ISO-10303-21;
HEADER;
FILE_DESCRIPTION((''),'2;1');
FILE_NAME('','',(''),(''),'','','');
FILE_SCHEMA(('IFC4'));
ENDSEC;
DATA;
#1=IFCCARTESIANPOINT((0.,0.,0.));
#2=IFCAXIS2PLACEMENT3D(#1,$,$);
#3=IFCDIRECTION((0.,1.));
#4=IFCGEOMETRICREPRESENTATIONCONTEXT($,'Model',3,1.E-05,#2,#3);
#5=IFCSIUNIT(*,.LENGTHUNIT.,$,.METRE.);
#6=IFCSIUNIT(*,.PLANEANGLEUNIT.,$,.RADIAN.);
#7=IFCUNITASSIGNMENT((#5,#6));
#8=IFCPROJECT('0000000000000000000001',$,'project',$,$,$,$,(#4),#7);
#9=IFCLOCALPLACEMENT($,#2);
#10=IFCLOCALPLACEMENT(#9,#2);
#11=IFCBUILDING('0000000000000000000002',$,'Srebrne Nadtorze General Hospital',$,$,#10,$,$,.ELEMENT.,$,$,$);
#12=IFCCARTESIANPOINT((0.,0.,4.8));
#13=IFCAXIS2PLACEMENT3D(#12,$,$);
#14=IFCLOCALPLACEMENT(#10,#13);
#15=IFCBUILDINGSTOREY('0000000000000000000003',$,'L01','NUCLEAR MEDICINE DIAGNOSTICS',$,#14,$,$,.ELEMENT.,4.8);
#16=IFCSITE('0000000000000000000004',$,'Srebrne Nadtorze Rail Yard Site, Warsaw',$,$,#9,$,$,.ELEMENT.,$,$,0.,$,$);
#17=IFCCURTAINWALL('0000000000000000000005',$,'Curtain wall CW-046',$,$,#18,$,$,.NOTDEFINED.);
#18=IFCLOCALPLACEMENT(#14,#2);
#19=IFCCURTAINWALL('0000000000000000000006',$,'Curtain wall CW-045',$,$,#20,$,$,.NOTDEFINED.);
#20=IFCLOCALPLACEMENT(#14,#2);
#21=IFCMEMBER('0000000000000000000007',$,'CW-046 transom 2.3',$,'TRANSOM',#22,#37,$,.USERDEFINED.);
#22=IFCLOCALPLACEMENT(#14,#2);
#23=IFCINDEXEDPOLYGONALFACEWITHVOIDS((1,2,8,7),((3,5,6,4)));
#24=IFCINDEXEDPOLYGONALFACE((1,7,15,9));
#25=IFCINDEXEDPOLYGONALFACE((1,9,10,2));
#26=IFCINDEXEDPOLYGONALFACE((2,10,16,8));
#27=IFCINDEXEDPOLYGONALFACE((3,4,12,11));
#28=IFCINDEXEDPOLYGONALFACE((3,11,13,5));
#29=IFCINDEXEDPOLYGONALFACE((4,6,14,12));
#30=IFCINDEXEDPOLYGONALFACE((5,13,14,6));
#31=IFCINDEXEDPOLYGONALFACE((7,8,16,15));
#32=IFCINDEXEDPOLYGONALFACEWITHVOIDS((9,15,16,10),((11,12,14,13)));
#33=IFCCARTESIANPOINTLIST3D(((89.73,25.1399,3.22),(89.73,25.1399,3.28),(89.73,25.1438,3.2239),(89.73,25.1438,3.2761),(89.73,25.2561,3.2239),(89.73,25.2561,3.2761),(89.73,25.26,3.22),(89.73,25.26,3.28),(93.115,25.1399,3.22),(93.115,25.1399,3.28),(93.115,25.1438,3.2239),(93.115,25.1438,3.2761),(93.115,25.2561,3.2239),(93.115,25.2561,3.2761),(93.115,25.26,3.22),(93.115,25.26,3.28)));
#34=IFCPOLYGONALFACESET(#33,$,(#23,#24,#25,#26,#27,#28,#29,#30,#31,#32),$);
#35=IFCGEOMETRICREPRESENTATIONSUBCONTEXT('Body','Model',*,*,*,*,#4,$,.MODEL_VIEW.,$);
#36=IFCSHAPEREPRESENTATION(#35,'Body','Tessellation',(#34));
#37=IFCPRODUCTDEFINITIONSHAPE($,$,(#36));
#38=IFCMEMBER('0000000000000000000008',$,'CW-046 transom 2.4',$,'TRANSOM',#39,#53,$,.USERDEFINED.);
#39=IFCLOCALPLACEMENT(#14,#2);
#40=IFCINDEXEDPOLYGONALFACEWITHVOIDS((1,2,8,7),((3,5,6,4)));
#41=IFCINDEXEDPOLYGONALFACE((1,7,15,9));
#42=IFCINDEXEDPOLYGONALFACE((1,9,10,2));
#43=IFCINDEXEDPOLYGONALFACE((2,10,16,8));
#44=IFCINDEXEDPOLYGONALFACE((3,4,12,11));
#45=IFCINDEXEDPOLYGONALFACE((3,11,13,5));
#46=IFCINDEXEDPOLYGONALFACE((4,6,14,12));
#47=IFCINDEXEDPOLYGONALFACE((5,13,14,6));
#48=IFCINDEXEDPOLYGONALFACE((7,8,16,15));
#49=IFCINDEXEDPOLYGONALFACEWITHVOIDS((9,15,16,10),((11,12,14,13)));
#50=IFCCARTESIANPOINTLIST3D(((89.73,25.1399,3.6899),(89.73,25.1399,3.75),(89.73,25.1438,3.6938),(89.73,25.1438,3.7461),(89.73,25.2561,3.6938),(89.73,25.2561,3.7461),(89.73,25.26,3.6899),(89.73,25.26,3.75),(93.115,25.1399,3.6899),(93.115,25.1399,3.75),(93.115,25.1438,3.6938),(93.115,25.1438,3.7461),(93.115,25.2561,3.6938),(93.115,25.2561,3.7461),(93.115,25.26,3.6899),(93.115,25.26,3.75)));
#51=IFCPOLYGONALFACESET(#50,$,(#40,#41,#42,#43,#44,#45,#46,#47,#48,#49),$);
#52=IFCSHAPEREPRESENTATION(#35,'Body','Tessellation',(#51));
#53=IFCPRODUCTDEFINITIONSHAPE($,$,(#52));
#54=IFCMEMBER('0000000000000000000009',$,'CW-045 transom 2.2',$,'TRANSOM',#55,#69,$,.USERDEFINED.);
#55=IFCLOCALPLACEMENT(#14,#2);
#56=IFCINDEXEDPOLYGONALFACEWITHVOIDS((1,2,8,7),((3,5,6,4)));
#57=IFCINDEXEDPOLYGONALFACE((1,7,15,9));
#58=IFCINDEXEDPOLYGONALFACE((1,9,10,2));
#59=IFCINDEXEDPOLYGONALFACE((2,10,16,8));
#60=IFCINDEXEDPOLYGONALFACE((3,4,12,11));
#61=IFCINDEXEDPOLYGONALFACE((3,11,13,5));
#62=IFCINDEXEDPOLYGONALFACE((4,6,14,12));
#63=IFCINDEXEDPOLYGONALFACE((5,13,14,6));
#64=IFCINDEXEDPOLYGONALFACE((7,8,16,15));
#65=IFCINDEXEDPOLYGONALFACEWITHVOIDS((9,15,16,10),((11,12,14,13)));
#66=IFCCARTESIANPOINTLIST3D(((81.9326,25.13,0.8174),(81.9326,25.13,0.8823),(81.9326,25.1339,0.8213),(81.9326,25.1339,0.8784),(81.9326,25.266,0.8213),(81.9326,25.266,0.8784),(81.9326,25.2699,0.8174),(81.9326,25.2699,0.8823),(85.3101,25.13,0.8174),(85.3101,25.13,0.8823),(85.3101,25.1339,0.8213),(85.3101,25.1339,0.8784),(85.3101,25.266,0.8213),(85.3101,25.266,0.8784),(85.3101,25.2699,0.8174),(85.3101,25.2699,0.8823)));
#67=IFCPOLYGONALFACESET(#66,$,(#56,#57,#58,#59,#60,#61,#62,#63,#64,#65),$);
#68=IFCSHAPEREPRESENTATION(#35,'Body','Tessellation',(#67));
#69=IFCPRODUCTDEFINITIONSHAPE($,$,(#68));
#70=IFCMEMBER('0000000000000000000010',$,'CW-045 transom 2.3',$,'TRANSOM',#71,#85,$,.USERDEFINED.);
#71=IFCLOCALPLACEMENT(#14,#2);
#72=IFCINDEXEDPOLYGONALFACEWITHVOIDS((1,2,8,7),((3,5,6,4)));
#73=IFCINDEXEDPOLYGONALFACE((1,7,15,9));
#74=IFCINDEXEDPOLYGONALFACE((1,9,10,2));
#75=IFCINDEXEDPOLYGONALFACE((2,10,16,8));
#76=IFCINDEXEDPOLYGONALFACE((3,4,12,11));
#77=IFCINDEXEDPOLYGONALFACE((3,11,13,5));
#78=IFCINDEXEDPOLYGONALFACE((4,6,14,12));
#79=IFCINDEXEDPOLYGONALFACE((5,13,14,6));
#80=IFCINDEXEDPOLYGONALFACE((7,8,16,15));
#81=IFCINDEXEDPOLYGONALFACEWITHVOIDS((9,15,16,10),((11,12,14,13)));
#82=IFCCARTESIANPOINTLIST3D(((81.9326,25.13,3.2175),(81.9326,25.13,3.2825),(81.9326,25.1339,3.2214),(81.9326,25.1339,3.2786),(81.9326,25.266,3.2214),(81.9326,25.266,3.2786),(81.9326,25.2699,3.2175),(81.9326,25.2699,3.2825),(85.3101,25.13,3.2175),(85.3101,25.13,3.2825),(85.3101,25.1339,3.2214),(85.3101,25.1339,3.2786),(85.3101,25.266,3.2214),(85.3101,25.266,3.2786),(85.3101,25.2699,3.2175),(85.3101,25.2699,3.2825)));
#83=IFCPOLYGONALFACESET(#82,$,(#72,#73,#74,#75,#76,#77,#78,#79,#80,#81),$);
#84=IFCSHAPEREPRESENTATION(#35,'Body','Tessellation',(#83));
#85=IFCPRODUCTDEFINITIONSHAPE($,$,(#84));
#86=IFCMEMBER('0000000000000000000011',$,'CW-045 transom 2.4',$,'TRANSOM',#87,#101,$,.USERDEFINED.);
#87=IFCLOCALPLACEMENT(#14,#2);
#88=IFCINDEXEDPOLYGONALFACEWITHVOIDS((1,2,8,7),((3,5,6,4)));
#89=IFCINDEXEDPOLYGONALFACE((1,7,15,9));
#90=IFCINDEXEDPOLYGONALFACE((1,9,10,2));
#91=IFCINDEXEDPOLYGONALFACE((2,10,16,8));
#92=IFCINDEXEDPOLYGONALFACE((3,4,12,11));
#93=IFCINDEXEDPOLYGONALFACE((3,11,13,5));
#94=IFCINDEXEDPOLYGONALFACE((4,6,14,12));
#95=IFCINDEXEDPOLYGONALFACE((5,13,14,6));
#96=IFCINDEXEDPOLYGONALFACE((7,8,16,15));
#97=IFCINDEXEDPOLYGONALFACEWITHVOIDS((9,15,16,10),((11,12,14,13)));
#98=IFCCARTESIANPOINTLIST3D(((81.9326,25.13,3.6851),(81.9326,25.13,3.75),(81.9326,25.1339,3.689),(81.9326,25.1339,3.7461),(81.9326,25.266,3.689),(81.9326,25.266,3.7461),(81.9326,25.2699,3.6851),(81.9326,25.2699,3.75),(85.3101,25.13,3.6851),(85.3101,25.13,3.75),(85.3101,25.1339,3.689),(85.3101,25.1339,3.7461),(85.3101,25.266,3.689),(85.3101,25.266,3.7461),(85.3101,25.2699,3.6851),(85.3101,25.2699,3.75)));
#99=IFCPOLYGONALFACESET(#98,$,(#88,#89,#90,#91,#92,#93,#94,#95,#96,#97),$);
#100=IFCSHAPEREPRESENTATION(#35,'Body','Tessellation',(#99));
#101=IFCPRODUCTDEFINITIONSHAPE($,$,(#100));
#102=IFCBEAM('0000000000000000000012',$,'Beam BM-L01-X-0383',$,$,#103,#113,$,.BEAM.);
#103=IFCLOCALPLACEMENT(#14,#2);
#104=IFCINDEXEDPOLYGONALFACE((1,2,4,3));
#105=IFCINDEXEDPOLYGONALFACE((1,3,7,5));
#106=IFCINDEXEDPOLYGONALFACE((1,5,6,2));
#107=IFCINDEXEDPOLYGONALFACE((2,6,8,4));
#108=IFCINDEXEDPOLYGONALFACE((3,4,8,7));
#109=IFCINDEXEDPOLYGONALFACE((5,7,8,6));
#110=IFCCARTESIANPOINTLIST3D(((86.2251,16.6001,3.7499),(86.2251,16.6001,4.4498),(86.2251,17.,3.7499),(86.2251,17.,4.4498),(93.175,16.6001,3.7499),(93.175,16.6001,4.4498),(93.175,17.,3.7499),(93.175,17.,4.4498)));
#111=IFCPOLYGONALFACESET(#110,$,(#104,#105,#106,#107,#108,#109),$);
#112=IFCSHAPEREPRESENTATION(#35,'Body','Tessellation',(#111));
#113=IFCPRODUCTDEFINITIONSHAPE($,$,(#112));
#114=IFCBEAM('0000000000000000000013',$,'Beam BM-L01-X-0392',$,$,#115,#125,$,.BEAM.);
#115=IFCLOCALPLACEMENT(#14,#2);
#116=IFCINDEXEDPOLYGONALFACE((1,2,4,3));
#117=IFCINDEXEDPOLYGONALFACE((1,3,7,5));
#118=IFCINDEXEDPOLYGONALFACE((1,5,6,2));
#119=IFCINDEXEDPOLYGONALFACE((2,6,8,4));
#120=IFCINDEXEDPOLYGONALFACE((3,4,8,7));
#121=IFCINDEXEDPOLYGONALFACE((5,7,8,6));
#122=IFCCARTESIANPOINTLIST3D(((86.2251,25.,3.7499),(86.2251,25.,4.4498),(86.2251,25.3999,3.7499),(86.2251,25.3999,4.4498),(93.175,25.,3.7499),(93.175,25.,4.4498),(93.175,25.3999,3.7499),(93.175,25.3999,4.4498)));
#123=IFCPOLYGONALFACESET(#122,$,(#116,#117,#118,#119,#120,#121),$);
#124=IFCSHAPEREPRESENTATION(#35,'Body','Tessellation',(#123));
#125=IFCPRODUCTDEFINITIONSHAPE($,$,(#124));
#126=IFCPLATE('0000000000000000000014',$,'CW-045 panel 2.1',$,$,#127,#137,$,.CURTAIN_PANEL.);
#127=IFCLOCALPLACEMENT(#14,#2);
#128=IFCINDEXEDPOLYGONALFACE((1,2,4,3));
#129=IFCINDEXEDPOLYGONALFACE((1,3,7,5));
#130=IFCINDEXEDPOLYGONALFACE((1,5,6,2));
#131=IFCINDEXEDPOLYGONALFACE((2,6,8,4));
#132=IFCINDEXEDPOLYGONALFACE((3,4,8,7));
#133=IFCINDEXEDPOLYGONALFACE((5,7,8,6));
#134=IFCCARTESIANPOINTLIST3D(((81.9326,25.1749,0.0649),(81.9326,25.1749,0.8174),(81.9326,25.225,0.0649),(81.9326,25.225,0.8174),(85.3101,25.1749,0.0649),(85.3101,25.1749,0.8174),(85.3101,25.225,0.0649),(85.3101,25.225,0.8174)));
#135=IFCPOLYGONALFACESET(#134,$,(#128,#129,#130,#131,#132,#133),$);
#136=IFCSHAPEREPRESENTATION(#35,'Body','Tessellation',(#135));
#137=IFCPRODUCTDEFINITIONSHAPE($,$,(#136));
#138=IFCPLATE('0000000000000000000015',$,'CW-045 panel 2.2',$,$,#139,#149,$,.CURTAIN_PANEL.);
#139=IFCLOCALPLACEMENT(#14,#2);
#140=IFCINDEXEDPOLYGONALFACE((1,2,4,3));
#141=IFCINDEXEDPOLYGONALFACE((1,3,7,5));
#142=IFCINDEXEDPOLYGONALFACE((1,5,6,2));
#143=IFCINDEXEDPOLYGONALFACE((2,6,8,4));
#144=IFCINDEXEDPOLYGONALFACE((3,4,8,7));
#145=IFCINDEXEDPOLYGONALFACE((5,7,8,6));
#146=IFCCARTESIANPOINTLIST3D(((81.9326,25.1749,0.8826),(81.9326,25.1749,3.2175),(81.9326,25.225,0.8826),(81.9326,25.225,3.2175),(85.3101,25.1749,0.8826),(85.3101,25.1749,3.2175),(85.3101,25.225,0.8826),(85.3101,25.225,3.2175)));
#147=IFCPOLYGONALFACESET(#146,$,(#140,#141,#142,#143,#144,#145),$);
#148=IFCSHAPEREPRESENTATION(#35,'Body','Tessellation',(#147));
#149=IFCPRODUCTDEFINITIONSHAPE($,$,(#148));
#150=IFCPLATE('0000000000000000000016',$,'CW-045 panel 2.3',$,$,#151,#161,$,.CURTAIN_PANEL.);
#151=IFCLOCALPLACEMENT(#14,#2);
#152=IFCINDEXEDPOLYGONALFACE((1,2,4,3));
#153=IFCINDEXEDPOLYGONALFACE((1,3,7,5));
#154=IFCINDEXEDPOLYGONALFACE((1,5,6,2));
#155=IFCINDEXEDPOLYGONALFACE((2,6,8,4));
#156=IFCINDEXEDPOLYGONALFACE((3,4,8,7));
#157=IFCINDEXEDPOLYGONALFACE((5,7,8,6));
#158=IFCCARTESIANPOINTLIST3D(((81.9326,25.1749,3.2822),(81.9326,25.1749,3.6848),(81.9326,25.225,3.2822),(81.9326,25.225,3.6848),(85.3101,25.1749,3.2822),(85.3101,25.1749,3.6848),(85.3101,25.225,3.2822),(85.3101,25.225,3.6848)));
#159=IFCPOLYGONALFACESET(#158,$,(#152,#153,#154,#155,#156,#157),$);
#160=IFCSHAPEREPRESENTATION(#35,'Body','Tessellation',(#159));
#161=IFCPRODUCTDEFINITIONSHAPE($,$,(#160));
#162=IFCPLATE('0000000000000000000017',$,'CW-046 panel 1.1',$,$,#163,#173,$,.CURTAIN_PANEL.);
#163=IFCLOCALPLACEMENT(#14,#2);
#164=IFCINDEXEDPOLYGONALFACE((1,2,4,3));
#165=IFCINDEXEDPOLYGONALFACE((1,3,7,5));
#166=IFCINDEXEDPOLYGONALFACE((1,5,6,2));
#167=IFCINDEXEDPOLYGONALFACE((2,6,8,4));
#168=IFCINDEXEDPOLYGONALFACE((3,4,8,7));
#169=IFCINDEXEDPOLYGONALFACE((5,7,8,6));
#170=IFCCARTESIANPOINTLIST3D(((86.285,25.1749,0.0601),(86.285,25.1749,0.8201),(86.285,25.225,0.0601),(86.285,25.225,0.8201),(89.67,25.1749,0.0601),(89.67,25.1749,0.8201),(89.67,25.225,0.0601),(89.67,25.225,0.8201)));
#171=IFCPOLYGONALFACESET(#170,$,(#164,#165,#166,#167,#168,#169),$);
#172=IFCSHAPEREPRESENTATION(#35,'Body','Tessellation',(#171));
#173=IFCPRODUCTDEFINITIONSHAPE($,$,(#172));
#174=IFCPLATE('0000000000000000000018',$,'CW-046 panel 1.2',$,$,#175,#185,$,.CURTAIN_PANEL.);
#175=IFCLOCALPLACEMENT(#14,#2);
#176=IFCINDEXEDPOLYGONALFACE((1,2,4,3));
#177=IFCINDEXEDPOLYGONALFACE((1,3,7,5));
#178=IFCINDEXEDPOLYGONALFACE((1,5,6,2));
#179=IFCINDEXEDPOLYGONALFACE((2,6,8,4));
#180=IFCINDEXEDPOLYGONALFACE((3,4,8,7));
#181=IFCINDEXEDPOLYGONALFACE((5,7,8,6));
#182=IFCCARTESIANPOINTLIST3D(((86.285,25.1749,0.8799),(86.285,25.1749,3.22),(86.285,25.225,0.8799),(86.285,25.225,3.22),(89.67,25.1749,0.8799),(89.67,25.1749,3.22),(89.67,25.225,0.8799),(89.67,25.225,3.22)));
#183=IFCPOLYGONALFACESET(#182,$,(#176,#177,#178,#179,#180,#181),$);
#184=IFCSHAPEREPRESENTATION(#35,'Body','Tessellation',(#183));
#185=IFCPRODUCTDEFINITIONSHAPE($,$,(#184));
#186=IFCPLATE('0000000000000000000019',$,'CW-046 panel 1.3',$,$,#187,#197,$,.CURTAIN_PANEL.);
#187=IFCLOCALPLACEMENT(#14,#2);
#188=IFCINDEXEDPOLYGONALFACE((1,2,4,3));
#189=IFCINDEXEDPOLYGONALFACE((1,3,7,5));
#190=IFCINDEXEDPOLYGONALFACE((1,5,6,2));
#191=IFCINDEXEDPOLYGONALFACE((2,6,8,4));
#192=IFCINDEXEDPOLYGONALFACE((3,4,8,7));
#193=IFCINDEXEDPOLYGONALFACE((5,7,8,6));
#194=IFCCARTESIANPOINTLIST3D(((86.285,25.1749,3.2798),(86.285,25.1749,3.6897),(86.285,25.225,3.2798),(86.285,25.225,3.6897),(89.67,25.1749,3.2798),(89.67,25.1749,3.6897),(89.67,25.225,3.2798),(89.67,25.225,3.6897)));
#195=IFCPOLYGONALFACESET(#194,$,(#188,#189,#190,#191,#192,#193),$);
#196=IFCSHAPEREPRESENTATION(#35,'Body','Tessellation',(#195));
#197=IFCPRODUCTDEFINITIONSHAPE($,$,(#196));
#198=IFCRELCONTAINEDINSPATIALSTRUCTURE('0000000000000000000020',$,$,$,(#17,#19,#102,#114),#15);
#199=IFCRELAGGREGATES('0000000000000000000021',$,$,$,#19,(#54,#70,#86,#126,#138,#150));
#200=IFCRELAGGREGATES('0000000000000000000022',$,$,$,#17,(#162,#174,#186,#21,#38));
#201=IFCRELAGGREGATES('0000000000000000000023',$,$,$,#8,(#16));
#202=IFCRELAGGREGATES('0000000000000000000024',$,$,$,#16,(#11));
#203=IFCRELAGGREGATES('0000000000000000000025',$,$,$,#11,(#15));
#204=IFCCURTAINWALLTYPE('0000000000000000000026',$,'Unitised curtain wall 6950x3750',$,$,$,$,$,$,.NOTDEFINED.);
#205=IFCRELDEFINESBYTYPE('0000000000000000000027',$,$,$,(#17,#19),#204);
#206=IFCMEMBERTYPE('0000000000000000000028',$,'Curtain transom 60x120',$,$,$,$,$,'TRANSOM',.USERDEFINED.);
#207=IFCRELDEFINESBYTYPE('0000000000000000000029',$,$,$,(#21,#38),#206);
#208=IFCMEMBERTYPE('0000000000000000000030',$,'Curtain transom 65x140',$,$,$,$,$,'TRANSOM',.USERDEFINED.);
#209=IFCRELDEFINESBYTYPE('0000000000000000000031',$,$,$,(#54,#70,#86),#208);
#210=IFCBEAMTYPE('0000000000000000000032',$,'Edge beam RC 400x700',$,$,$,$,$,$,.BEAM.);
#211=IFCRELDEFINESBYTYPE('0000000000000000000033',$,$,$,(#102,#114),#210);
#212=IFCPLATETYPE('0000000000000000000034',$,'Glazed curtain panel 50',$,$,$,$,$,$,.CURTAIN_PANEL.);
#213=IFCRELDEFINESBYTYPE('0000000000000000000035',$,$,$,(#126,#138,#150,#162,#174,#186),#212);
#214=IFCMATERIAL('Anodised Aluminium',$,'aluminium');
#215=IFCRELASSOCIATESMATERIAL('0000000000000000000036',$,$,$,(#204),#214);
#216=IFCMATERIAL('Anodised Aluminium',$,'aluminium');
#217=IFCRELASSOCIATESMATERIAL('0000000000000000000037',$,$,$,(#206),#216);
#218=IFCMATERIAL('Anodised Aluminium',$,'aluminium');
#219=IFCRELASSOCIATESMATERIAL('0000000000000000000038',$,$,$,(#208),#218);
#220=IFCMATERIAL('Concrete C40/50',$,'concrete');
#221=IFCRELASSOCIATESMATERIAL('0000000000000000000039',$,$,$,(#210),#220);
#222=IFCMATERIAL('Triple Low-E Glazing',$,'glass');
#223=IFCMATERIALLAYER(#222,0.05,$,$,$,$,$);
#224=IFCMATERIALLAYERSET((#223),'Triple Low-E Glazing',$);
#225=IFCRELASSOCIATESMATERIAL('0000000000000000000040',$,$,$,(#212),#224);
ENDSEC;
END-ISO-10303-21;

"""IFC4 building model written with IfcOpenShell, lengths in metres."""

from ifc_helpers import new_model, si_unit, direction, frame, origin, origin_2d, place, context, subcontext, project, spatial, rectangle, hollow_rectangle, extrude, material, layer, layer_set, material_profile, profile_set, type_object, element, aggregate, save


model = new_model("IFC4")

# Units and contexts
model_context = context("Model", 3, precision=1e-05, world=origin(), true_north=direction((0.0, 1.0)))
body_context = subcontext(model_context, "Body", "Model", "MODEL_VIEW")
ifc_project = project(units=[si_unit("LENGTHUNIT", "METRE"), si_unit("PLANEANGLEUNIT", "RADIAN")], contexts=[model_context])

# Site, building, storey
site_placement = place(None, origin())
site = spatial("IfcSite", under=ifc_project, at=site_placement, Name="Srebrne Nadtorze Rail Yard Site, Warsaw", CompositionType="ELEMENT", RefElevation=0.0)
building_placement = place(site_placement, origin())
building = spatial("IfcBuilding", under=site, at=building_placement, Name="Srebrne Nadtorze General Hospital", CompositionType="ELEMENT")
storey_placement = place(building_placement, frame((0.0, 0.0, 4.8)))
storey = spatial("IfcBuildingStorey", under=building, at=storey_placement, Name="L01", Description="NUCLEAR MEDICINE DIAGNOSTICS", CompositionType="ELEMENT", Elevation=4.8)

# Curtain wall
ifc_material_1 = material(Name="Anodised Aluminium", Category="aluminium")
curtain_wall_type = type_object("IfcCurtainWallType", Name="Unitised curtain wall 6950x3750", PredefinedType="NOTDEFINED", material=ifc_material_1)
curtain_wall_1_placement = place(storey_placement, origin())
curtain_wall_1 = element("IfcCurtainWall", 1, at=curtain_wall_1_placement, inside=storey, type_object=curtain_wall_type, Name="Curtain wall CW-046", PredefinedType="NOTDEFINED")

# Curtain wall
curtain_wall_2_placement = place(storey_placement, origin())
curtain_wall_2 = element("IfcCurtainWall", 2, at=curtain_wall_2_placement, inside=storey, type_object=curtain_wall_type, Name="Curtain wall CW-045", PredefinedType="NOTDEFINED")

# Members
ifc_material_2 = material(Name="Anodised Aluminium", Category="aluminium")
ifc_material_profile_1 = material_profile(ifc_material_2, hollow_rectangle(XDim=0.0601, YDim=0.1201, WallThickness=0.0039, at=origin_2d()), Name="AL-TRN-60x120")
ifc_profile_set_1 = profile_set([ifc_material_profile_1], Name="Anodised Aluminium")
member_type_1 = type_object("IfcMemberType", Name="Curtain transom 60x120", ElementType="TRANSOM", PredefinedType="USERDEFINED", material=ifc_profile_set_1)
member_1_placement = place(storey_placement, frame((89.73, 25.2, 3.25), z_axis=(1.0, 0.0, 0.0), x_axis=(0.0, 0.0, 1.0)))
member_1 = element("IfcMember", 3, at=member_1_placement, type_object=member_type_1, Name="CW-046 transom 2.3", ObjectType="TRANSOM", PredefinedType="USERDEFINED", context=body_context, shape_type="SweptSolid", body=[
    extrude(hollow_rectangle(XDim=0.0601, YDim=0.1201, WallThickness=0.0039, at=origin_2d()), origin(), (0.0, 0.0, 1.0), 3.385),
])
member_2_placement = place(storey_placement, frame((89.73, 25.2, 3.72), z_axis=(1.0, 0.0, 0.0), x_axis=(0.0, 0.0, 1.0)))
member_2 = element("IfcMember", 4, at=member_2_placement, type_object=member_type_1, Name="CW-046 transom 2.4", ObjectType="TRANSOM", PredefinedType="USERDEFINED", context=body_context, shape_type="SweptSolid", body=[
    extrude(hollow_rectangle(XDim=0.0601, YDim=0.1201, WallThickness=0.0039, at=origin_2d()), origin(), (0.0, 0.0, 1.0), 3.385),
])
ifc_material_3 = material(Name="Anodised Aluminium", Category="aluminium")
ifc_material_profile_2 = material_profile(ifc_material_3, hollow_rectangle(XDim=0.0649, YDim=0.1399, WallThickness=0.0039, at=origin_2d()), Name="AL-TRN-65x140")
ifc_profile_set_2 = profile_set([ifc_material_profile_2], Name="Anodised Aluminium")
member_type_2 = type_object("IfcMemberType", Name="Curtain transom 65x140", ElementType="TRANSOM", PredefinedType="USERDEFINED", material=ifc_profile_set_2)
member_3_placement = place(storey_placement, frame((81.9326, 25.2, 0.8499), z_axis=(1.0, 0.0, 0.0), x_axis=(0.0, 0.0, 1.0)))
member_3 = element("IfcMember", 5, at=member_3_placement, type_object=member_type_2, Name="CW-045 transom 2.2", ObjectType="TRANSOM", PredefinedType="USERDEFINED", context=body_context, shape_type="SweptSolid", body=[
    extrude(hollow_rectangle(XDim=0.0649, YDim=0.1399, WallThickness=0.0039, at=origin_2d()), origin(), (0.0, 0.0, 1.0), 3.3774),
])
member_4_placement = place(storey_placement, frame((81.9326, 25.2, 3.25), z_axis=(1.0, 0.0, 0.0), x_axis=(0.0, 0.0, 1.0)))
member_4 = element("IfcMember", 6, at=member_4_placement, type_object=member_type_2, Name="CW-045 transom 2.3", ObjectType="TRANSOM", PredefinedType="USERDEFINED", context=body_context, shape_type="SweptSolid", body=[
    extrude(hollow_rectangle(XDim=0.0649, YDim=0.1399, WallThickness=0.0039, at=origin_2d()), origin(), (0.0, 0.0, 1.0), 3.3774),
])
member_5_placement = place(storey_placement, frame((81.9326, 25.2, 3.7175), z_axis=(1.0, 0.0, 0.0), x_axis=(0.0, 0.0, 1.0)))
member_5 = element("IfcMember", 7, at=member_5_placement, type_object=member_type_2, Name="CW-045 transom 2.4", ObjectType="TRANSOM", PredefinedType="USERDEFINED", context=body_context, shape_type="SweptSolid", body=[
    extrude(hollow_rectangle(XDim=0.0649, YDim=0.1399, WallThickness=0.0039, at=origin_2d()), origin(), (0.0, 0.0, 1.0), 3.3774),
])

# Beams
ifc_material_4 = material(Name="Concrete C40/50", Category="concrete")
ifc_material_profile_3 = material_profile(ifc_material_4, rectangle(XDim=0.3999, YDim=0.7, at=origin_2d()), Name="RC-BM-400x700")
ifc_profile_set_3 = profile_set([ifc_material_profile_3], Name="Concrete C40/50")
beam_type = type_object("IfcBeamType", Name="Edge beam RC 400x700", PredefinedType="BEAM", material=ifc_profile_set_3)
for number, where, z_axis, x_axis, name in (
    (8, (86.2251, 16.8, 4.0999), (1.0, 0.0, 0.0), (0.0, 1.0, 0.0), "Beam BM-L01-X-0383"),
    (9, (86.2251, 25.2, 4.0999), (1.0, 0.0, 0.0), (0.0, 1.0, 0.0), "Beam BM-L01-X-0392"),
):
    element("IfcBeam", number, at=place(storey_placement, frame(where, z_axis=z_axis, x_axis=x_axis)), inside=storey, type_object=beam_type, Name=name, PredefinedType="BEAM", context=body_context, shape_type="SweptSolid", body=[
        extrude(rectangle(XDim=0.3999, YDim=0.7, at=origin_2d()), origin(), (0.0, 0.0, 1.0), 6.95),
    ])

# Plates
ifc_material_5 = material(Name="Triple Low-E Glazing", Category="glass")
ifc_layer_1 = layer(ifc_material_5, 0.05)
ifc_layer_set_1 = layer_set([ifc_layer_1], Name="Triple Low-E Glazing")
plate_type = type_object("IfcPlateType", Name="Glazed curtain panel 50", PredefinedType="CURTAIN_PANEL", material=ifc_layer_set_1)
plate_1_placement = place(storey_placement, frame((83.6213, 25.2, 0.0649), z_axis=(0.0, 0.0, 1.0), x_axis=(1.0, 0.0, 0.0)))
plate_1 = element("IfcPlate", 10, at=plate_1_placement, type_object=plate_type, Name="CW-045 panel 2.1", PredefinedType="CURTAIN_PANEL", context=body_context, shape_type="SweptSolid", body=[
    extrude(rectangle(XDim=3.3774, YDim=0.05, at=origin_2d()), origin(), (0.0, 0.0, 1.0), 0.7524),
])
plate_2_placement = place(storey_placement, frame((83.6213, 25.2, 0.8826), z_axis=(0.0, 0.0, 1.0), x_axis=(1.0, 0.0, 0.0)))
plate_2 = element("IfcPlate", 11, at=plate_2_placement, type_object=plate_type, Name="CW-045 panel 2.2", PredefinedType="CURTAIN_PANEL", context=body_context, shape_type="SweptSolid", body=[
    extrude(rectangle(XDim=3.3774, YDim=0.05, at=origin_2d()), origin(), (0.0, 0.0, 1.0), 2.335),
])
plate_3_placement = place(storey_placement, frame((83.6213, 25.2, 3.2822), z_axis=(0.0, 0.0, 1.0), x_axis=(1.0, 0.0, 0.0)))
plate_3 = element("IfcPlate", 12, at=plate_3_placement, type_object=plate_type, Name="CW-045 panel 2.3", PredefinedType="CURTAIN_PANEL", context=body_context, shape_type="SweptSolid", body=[
    extrude(rectangle(XDim=3.3774, YDim=0.05, at=origin_2d()), origin(), (0.0, 0.0, 1.0), 0.4026),
])
aggregate(curtain_wall_2, [member_3, member_4, member_5, plate_1, plate_2, plate_3])
plate_4_placement = place(storey_placement, frame((87.9775, 25.2, 0.0601), z_axis=(0.0, 0.0, 1.0), x_axis=(1.0, 0.0, 0.0)))
plate_4 = element("IfcPlate", 13, at=plate_4_placement, type_object=plate_type, Name="CW-046 panel 1.1", PredefinedType="CURTAIN_PANEL", context=body_context, shape_type="SweptSolid", body=[
    extrude(rectangle(XDim=3.385, YDim=0.05, at=origin_2d()), origin(), (0.0, 0.0, 1.0), 0.76),
])
plate_5_placement = place(storey_placement, frame((87.9775, 25.2, 0.8799), z_axis=(0.0, 0.0, 1.0), x_axis=(1.0, 0.0, 0.0)))
plate_5 = element("IfcPlate", 14, at=plate_5_placement, type_object=plate_type, Name="CW-046 panel 1.2", PredefinedType="CURTAIN_PANEL", context=body_context, shape_type="SweptSolid", body=[
    extrude(rectangle(XDim=3.385, YDim=0.05, at=origin_2d()), origin(), (0.0, 0.0, 1.0), 2.3401),
])
plate_6_placement = place(storey_placement, frame((87.9775, 25.2, 3.2798), z_axis=(0.0, 0.0, 1.0), x_axis=(1.0, 0.0, 0.0)))
plate_6 = element("IfcPlate", 15, at=plate_6_placement, type_object=plate_type, Name="CW-046 panel 1.3", PredefinedType="CURTAIN_PANEL", context=body_context, shape_type="SweptSolid", body=[
    extrude(rectangle(XDim=3.385, YDim=0.05, at=origin_2d()), origin(), (0.0, 0.0, 1.0), 0.4099),
])
aggregate(curtain_wall_1, [plate_4, plate_5, plate_6, member_1, member_2])

save(model, "model.ifc")
